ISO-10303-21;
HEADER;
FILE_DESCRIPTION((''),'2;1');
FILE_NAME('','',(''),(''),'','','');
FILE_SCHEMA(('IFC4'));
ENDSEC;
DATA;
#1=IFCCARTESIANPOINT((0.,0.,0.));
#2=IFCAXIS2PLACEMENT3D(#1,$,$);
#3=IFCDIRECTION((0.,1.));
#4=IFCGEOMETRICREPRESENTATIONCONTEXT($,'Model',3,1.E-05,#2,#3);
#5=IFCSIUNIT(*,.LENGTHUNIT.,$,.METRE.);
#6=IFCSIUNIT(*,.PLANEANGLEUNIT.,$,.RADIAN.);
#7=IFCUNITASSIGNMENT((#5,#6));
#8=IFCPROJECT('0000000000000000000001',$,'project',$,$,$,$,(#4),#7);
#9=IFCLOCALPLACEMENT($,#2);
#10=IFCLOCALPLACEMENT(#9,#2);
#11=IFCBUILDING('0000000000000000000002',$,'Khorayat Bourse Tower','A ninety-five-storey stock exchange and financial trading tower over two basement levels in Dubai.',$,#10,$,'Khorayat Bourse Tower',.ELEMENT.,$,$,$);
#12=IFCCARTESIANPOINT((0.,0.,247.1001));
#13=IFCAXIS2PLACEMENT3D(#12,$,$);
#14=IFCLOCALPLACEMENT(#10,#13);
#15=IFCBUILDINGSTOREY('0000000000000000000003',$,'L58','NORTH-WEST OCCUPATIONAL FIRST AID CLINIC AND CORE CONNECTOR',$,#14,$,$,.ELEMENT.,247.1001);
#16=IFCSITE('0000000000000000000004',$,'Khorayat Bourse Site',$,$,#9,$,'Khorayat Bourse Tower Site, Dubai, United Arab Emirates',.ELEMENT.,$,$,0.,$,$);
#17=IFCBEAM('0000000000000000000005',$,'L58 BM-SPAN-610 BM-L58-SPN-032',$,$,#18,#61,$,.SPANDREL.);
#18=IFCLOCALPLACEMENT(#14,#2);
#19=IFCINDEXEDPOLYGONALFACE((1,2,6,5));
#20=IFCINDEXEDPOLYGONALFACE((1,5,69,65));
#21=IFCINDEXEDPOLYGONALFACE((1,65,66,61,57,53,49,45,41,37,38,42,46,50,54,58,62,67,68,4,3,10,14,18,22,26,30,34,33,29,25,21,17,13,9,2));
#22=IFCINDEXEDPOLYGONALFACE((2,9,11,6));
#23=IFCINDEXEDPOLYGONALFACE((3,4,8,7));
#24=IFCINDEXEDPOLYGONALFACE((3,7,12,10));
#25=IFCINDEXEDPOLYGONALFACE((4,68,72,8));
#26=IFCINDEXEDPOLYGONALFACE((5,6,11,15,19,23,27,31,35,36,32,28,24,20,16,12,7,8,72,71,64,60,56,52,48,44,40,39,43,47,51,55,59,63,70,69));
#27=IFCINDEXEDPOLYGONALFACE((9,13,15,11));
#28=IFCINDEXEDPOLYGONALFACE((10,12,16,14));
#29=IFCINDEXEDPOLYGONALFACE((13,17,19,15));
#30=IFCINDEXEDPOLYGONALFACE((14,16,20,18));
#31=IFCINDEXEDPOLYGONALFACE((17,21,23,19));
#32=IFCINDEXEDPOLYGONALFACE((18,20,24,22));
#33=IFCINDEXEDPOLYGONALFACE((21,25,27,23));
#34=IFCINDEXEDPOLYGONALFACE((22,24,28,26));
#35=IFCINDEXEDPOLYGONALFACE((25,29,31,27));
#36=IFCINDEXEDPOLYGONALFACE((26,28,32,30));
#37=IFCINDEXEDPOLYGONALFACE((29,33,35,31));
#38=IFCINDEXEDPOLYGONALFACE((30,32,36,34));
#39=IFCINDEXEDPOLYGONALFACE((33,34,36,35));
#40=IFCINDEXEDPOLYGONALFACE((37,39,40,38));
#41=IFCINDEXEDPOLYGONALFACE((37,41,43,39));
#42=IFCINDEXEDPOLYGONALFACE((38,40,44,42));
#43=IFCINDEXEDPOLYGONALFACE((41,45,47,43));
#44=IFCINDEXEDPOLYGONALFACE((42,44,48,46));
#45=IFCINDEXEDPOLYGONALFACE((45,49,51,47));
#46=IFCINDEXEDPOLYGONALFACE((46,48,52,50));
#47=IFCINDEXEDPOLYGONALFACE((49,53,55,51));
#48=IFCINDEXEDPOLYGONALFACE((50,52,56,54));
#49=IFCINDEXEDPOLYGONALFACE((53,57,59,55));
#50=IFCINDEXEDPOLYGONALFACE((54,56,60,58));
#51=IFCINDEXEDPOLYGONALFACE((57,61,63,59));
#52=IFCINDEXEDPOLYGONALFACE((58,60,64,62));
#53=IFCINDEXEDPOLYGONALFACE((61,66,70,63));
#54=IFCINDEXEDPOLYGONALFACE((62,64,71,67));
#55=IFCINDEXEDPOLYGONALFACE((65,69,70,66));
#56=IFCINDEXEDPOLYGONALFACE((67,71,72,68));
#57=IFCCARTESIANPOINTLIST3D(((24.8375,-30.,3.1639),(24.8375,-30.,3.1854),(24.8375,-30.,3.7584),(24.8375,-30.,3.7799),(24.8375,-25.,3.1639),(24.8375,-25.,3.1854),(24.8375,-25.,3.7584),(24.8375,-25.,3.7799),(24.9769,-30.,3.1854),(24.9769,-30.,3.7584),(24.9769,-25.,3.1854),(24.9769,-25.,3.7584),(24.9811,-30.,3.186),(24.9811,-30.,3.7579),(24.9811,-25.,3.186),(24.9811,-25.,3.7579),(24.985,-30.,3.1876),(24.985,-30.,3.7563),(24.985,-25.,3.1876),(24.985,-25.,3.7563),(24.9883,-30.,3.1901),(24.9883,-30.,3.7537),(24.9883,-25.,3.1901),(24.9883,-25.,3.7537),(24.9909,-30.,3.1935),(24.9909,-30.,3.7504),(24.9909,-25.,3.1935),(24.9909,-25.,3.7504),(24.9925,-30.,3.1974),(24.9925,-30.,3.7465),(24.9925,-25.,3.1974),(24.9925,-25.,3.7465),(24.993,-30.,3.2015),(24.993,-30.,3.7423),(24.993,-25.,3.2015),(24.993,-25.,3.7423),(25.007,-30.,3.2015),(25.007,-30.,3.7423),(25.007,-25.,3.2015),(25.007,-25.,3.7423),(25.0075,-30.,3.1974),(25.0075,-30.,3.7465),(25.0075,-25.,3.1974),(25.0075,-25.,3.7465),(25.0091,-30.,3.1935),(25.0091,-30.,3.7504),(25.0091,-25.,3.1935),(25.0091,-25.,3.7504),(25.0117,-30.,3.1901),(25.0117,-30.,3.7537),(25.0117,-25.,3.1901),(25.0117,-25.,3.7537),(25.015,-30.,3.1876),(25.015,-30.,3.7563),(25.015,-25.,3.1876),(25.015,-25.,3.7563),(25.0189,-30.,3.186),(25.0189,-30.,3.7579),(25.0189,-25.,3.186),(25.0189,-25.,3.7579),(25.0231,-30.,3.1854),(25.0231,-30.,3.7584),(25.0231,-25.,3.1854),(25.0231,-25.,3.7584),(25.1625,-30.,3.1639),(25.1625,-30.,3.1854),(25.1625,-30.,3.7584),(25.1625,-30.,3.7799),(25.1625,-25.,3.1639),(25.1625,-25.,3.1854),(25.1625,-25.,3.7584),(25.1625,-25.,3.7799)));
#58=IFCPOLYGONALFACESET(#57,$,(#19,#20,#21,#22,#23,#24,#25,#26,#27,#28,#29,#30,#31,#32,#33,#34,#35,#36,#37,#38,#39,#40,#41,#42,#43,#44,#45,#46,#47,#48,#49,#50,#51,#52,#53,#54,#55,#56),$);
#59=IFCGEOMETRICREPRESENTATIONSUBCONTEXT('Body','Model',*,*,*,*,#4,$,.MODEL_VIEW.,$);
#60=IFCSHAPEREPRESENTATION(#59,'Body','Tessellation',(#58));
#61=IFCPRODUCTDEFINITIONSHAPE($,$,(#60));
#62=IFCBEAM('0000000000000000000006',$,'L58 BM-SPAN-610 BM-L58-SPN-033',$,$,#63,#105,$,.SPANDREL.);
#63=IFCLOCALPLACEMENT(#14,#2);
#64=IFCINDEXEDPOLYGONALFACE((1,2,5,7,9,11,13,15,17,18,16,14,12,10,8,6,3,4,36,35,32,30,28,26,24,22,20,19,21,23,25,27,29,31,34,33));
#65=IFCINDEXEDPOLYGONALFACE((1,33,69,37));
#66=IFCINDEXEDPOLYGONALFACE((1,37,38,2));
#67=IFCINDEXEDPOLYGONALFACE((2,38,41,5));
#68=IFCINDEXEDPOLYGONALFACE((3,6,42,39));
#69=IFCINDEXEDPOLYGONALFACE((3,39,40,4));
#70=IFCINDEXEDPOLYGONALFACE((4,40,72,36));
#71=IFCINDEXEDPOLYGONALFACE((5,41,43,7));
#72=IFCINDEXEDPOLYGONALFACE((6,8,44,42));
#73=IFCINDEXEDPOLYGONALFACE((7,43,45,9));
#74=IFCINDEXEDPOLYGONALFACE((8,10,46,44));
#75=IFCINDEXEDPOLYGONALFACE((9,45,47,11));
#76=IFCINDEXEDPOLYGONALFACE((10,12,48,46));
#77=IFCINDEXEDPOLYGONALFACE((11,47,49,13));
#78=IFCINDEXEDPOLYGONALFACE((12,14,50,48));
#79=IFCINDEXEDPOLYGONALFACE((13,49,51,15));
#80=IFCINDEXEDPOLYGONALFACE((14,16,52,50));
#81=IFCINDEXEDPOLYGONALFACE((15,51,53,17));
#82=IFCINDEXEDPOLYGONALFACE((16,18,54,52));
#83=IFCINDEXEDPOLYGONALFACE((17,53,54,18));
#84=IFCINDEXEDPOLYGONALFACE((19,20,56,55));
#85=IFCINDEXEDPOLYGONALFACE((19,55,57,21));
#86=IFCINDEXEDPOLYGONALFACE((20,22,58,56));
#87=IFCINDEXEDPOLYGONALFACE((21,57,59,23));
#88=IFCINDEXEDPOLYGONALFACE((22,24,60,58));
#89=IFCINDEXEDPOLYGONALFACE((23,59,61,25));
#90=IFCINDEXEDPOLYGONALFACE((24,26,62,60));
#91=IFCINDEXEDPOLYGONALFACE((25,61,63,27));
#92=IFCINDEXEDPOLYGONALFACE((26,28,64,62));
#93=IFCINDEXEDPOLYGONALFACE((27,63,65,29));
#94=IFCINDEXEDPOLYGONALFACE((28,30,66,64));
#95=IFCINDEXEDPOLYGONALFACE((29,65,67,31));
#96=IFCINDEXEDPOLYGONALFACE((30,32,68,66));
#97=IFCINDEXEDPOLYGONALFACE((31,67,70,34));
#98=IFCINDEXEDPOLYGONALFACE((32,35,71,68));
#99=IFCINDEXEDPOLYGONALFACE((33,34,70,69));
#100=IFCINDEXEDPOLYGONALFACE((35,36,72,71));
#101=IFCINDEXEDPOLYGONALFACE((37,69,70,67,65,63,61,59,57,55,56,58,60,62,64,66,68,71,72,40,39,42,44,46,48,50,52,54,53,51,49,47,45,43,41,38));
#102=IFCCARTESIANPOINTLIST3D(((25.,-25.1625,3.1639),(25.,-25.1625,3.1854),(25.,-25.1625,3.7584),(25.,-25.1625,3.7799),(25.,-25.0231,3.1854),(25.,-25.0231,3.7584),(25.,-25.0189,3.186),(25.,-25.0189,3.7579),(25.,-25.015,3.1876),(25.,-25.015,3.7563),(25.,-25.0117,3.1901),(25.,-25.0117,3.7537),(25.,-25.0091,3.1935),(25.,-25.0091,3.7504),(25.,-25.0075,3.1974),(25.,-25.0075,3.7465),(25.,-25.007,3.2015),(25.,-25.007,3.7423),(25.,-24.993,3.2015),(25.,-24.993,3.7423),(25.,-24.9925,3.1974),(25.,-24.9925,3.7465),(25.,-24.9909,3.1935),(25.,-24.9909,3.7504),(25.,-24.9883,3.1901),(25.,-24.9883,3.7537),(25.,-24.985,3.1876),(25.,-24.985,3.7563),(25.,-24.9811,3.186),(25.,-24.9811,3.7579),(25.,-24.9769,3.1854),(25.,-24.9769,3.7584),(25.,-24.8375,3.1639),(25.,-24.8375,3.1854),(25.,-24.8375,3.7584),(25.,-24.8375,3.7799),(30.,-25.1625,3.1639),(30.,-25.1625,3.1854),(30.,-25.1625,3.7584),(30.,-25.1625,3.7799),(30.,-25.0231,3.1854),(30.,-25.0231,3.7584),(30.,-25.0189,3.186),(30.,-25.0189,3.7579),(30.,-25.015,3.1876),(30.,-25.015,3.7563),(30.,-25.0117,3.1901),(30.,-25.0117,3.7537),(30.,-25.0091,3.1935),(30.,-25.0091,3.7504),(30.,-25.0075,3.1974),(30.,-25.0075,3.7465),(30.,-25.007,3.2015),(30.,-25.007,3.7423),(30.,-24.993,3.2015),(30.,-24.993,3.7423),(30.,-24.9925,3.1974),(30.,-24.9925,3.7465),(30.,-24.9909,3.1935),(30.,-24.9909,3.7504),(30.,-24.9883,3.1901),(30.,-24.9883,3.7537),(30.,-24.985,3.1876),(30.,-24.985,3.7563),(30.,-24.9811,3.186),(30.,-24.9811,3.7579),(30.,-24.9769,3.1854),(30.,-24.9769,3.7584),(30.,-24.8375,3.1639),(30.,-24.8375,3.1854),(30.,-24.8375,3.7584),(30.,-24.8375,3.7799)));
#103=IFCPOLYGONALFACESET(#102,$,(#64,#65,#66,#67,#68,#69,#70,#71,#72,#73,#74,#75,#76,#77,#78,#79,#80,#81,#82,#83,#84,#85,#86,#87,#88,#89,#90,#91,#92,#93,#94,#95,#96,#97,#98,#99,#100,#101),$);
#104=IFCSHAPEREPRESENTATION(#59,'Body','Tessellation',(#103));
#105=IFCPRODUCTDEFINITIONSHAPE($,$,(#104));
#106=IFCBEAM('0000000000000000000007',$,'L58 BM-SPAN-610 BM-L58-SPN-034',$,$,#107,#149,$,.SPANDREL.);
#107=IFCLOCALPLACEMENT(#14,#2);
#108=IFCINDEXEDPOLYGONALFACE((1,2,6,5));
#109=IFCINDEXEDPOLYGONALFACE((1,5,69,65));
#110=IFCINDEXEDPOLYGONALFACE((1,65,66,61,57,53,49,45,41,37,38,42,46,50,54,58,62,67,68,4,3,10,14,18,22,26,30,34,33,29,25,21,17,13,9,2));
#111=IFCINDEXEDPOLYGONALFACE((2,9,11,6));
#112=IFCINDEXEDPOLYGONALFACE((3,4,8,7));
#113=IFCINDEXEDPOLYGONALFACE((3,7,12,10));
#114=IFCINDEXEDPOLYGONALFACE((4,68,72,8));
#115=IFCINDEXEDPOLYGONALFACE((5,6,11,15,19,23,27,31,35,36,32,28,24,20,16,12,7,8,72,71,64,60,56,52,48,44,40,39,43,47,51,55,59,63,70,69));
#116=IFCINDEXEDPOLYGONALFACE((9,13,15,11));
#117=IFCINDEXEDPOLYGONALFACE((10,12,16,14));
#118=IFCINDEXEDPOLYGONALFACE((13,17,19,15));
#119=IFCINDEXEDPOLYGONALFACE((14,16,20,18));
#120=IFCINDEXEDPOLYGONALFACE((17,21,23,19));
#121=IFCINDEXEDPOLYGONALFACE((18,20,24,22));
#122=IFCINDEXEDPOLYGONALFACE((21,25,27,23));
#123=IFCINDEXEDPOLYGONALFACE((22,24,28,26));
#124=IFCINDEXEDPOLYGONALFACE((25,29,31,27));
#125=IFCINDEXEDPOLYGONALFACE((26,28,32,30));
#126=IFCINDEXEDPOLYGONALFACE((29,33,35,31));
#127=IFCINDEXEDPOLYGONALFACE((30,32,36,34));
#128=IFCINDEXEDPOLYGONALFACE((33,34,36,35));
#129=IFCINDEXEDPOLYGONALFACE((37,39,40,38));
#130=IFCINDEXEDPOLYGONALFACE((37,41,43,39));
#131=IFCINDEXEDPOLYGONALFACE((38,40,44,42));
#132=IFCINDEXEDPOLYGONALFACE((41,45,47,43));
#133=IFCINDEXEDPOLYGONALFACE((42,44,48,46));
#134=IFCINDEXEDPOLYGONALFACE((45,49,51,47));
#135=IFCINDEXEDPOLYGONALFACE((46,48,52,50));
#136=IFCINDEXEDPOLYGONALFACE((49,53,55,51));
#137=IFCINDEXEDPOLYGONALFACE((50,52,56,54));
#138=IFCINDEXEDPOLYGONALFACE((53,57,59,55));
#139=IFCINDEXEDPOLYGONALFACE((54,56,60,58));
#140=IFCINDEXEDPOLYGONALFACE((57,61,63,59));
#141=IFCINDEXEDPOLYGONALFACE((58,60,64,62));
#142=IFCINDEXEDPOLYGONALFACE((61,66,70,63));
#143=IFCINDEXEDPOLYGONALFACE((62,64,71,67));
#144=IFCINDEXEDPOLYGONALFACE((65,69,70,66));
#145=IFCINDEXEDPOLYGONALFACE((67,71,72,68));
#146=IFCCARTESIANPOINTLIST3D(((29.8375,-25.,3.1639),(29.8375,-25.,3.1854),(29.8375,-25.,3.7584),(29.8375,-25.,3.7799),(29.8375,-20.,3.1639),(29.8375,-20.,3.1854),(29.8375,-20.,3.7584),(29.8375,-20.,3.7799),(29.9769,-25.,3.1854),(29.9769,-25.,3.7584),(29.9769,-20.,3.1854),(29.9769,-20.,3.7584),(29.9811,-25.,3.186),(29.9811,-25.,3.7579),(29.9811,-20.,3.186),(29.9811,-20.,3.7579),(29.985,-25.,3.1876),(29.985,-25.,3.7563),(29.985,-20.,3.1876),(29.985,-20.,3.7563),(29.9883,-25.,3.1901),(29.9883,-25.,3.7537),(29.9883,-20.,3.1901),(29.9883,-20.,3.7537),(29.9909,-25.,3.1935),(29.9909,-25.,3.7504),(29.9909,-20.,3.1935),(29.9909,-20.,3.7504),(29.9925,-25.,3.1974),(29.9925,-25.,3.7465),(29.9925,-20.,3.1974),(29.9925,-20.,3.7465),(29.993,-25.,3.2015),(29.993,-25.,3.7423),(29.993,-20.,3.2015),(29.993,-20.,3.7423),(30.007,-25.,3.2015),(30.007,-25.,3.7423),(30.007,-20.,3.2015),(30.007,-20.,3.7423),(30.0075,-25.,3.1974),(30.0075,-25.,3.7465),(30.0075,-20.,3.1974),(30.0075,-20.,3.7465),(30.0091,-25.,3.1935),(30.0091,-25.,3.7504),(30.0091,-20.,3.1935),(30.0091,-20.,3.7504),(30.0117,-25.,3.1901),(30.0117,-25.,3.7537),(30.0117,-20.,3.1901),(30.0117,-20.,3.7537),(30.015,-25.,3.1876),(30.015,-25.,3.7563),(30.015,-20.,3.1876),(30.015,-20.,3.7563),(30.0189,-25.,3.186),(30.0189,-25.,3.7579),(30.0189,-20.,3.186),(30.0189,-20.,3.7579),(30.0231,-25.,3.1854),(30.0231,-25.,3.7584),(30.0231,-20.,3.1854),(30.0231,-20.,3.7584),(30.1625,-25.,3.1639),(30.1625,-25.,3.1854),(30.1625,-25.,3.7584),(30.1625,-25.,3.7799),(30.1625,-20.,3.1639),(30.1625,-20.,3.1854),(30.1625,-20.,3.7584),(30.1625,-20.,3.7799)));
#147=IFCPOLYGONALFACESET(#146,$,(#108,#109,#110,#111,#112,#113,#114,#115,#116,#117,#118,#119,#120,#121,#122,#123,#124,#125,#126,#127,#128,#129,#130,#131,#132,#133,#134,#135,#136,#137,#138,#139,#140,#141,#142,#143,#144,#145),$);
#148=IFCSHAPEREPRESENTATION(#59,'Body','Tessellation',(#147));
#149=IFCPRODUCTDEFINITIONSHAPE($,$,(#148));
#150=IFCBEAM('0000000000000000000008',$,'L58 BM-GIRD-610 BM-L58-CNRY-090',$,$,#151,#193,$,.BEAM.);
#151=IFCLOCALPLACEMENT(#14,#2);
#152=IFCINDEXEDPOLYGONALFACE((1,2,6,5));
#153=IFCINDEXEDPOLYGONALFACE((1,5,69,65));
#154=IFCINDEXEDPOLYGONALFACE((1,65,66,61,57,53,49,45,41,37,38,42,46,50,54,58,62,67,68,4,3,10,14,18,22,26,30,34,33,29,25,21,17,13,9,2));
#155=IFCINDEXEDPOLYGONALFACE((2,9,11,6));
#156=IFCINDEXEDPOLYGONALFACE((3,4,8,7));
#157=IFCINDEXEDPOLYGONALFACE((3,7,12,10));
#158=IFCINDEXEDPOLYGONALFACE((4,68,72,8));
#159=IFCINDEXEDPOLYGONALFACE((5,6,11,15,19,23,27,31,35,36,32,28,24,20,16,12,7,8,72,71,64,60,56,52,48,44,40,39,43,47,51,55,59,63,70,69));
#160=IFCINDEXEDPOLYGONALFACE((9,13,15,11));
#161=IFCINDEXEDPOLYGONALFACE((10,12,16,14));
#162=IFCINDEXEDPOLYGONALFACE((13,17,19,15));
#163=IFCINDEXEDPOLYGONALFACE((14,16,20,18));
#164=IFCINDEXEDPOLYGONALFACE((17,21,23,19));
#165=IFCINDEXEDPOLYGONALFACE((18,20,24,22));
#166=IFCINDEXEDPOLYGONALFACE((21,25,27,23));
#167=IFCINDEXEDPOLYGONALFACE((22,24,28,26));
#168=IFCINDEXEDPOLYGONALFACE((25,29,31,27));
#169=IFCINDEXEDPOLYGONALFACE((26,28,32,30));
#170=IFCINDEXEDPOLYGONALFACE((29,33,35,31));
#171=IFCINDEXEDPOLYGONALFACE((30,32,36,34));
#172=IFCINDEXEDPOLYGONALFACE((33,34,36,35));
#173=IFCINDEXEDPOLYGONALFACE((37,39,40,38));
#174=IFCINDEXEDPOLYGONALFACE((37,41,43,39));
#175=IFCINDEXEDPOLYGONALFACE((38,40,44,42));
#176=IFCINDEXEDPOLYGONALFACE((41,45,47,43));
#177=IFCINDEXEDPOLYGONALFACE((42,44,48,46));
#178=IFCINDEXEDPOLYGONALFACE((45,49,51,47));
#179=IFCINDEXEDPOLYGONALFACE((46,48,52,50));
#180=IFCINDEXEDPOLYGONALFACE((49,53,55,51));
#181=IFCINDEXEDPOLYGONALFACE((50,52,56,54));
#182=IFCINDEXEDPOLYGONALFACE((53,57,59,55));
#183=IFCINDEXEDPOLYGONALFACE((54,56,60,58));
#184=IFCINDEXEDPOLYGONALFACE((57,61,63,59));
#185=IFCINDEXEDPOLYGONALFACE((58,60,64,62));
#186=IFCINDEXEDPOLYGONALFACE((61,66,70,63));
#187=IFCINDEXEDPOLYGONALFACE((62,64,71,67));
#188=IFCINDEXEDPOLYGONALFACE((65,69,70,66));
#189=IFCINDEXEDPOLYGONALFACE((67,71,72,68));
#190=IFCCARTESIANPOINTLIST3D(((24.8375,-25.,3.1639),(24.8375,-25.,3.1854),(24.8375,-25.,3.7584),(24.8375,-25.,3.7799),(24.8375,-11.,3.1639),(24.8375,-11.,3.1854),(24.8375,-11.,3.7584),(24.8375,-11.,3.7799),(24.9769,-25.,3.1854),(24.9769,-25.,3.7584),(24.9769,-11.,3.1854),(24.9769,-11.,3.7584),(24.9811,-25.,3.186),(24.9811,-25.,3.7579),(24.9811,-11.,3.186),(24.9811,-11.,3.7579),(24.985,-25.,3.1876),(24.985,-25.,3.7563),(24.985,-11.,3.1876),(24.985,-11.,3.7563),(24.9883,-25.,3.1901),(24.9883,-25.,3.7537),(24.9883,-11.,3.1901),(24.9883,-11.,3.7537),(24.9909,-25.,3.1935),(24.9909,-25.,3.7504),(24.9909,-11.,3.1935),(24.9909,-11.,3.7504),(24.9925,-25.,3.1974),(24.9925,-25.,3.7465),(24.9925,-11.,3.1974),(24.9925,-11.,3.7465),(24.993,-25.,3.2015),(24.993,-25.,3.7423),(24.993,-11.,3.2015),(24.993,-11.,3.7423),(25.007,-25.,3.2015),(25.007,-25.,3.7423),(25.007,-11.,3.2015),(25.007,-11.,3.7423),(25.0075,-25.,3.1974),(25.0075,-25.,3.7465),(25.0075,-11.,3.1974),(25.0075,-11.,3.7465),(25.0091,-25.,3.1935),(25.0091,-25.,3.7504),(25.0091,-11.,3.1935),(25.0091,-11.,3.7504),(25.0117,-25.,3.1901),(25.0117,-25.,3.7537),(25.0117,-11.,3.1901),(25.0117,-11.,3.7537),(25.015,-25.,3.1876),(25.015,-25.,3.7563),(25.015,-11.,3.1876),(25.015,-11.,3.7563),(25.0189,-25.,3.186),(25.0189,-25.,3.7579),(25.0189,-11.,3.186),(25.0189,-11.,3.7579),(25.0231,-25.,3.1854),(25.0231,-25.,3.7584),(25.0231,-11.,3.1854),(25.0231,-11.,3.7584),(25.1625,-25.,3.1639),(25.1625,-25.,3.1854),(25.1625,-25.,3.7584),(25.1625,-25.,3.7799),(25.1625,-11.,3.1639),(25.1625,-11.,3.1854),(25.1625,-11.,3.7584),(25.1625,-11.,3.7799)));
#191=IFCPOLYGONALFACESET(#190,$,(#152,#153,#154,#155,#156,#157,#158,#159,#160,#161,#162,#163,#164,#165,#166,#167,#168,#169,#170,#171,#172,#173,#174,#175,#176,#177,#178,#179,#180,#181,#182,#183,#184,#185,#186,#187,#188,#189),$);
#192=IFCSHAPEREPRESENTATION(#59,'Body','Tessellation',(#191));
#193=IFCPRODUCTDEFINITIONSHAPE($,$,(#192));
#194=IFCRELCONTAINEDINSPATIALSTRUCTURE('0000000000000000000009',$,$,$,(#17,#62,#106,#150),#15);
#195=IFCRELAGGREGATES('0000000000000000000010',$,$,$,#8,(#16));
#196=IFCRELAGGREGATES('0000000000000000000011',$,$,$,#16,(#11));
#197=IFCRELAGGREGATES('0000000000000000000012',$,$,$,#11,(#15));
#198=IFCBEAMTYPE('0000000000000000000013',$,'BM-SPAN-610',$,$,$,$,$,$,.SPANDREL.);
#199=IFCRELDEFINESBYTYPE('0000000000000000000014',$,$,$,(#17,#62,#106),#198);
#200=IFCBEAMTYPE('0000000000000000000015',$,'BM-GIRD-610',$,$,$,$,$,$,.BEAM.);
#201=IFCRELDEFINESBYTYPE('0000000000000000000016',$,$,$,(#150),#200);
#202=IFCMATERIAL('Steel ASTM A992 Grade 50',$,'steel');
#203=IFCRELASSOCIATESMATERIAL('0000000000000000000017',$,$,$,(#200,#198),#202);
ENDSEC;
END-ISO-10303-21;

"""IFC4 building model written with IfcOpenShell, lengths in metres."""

from ifc_helpers import new_model, si_unit, direction, frame, origin, origin_2d, place, context, subcontext, project, spatial, i_section, extrude, source, transform, mapped, material, material_profile, profile_set, type_object, element, save


model = new_model("IFC4")

# Units and contexts
model_context = context("Model", 3, precision=1e-05, world=origin(), true_north=direction((0.0, 1.0)))
body_context = subcontext(model_context, "Body", "Model", "MODEL_VIEW")
ifc_project = project(units=[si_unit("LENGTHUNIT", "METRE"), si_unit("PLANEANGLEUNIT", "RADIAN")], contexts=[model_context])

# Site, building, storey
site_placement = place(None, origin())
site = spatial("IfcSite", under=ifc_project, at=site_placement, Name="Khorayat Bourse Site", LongName="Khorayat Bourse Tower Site, Dubai, United Arab Emirates", CompositionType="ELEMENT", RefElevation=0.0)
building_placement = place(site_placement, origin())
building = spatial("IfcBuilding", under=site, at=building_placement, Name="Khorayat Bourse Tower", Description="A ninety-five-storey stock exchange and financial trading tower over two basement levels in Dubai.", LongName="Khorayat Bourse Tower", CompositionType="ELEMENT")
storey_placement = place(building_placement, frame((0.0, 0.0, 247.1001)))
storey = spatial("IfcBuildingStorey", under=building, at=storey_placement, Name="L58", Description="NORTH-WEST OCCUPATIONAL FIRST AID CLINIC AND CORE CONNECTOR", CompositionType="ELEMENT", Elevation=247.1001)

# Beams
ifc_material_1 = material(Name="Steel ASTM A992 Grade 50", Category="steel")
ifc_material_profile_1 = material_profile(ifc_material_1, i_section(OverallWidth=0.325, OverallDepth=0.616, WebThickness=0.0139, FlangeThickness=0.0215, FilletRadius=0.0161, at=origin_2d()), Name="W610X174")
ifc_profile_set_1 = profile_set([ifc_material_profile_1], Name="Steel ASTM A992 Grade 50")
beam_type_1 = type_object("IfcBeamType", Name="BM-GIRD-610", PredefinedType="BEAM", material=ifc_profile_set_1)
ifc_material_profile_2 = material_profile(ifc_material_1, i_section(OverallWidth=0.325, OverallDepth=0.616, WebThickness=0.0139, FlangeThickness=0.0215, FilletRadius=0.0161, at=origin_2d()), Name="W610X174")
ifc_profile_set_2 = profile_set([ifc_material_profile_2], Name="Steel ASTM A992 Grade 50")
beam_type_2 = type_object("IfcBeamType", Name="BM-SPAN-610", PredefinedType="SPANDREL", material=ifc_profile_set_2)
shared_shape_1 = source(origin(), body_context, "Body", "SweptSolid", [
    extrude(i_section(OverallWidth=0.325, OverallDepth=0.616, WebThickness=0.0139, FlangeThickness=0.0215, FilletRadius=0.0161, at=origin_2d()), origin(), (0.0, 0.0, 1.0), 5.0),
])
for number, where, z_axis, x_axis, name in (
    (1, (25.0, -30.0, 3.4719), (0.0, 1.0, 0.0), (-1.0, 0.0, 0.0), "L58 BM-SPAN-610 BM-L58-SPN-032"),
    (2, (25.0, -25.0, 3.4719), (1.0, 0.0, 0.0), (0.0, 1.0, 0.0), "L58 BM-SPAN-610 BM-L58-SPN-033"),
    (3, (30.0, -25.0, 3.4719), (0.0, 1.0, 0.0), (-1.0, 0.0, 0.0), "L58 BM-SPAN-610 BM-L58-SPN-034"),
):
    element("IfcBeam", number, at=place(storey_placement, frame(where, z_axis=z_axis, x_axis=x_axis)), inside=storey, type_object=beam_type_2, Name=name, PredefinedType="SPANDREL", context=body_context, shape_type="MappedRepresentation", body=[
        mapped(shared_shape_1, transform((0.0, 0.0, 0.0), scale=1.0)),
    ])
shared_shape_2 = source(origin(), body_context, "Body", "SweptSolid", [
    extrude(i_section(OverallWidth=0.325, OverallDepth=0.616, WebThickness=0.0139, FlangeThickness=0.0215, FilletRadius=0.0161, at=origin_2d()), origin(), (0.0, 0.0, 1.0), 14.0),
])
beam_1_placement = place(storey_placement, frame((25.0, -25.0, 3.4719), z_axis=(0.0, 1.0, 0.0), x_axis=(-1.0, 0.0, 0.0)))
element("IfcBeam", 4, at=beam_1_placement, inside=storey, type_object=beam_type_1, Name="L58 BM-GIRD-610 BM-L58-CNRY-090", PredefinedType="BEAM", context=body_context, shape_type="MappedRepresentation", body=[
    mapped(shared_shape_2, transform((0.0, 0.0, 0.0), scale=1.0)),
])

save(model, "model.ifc")
